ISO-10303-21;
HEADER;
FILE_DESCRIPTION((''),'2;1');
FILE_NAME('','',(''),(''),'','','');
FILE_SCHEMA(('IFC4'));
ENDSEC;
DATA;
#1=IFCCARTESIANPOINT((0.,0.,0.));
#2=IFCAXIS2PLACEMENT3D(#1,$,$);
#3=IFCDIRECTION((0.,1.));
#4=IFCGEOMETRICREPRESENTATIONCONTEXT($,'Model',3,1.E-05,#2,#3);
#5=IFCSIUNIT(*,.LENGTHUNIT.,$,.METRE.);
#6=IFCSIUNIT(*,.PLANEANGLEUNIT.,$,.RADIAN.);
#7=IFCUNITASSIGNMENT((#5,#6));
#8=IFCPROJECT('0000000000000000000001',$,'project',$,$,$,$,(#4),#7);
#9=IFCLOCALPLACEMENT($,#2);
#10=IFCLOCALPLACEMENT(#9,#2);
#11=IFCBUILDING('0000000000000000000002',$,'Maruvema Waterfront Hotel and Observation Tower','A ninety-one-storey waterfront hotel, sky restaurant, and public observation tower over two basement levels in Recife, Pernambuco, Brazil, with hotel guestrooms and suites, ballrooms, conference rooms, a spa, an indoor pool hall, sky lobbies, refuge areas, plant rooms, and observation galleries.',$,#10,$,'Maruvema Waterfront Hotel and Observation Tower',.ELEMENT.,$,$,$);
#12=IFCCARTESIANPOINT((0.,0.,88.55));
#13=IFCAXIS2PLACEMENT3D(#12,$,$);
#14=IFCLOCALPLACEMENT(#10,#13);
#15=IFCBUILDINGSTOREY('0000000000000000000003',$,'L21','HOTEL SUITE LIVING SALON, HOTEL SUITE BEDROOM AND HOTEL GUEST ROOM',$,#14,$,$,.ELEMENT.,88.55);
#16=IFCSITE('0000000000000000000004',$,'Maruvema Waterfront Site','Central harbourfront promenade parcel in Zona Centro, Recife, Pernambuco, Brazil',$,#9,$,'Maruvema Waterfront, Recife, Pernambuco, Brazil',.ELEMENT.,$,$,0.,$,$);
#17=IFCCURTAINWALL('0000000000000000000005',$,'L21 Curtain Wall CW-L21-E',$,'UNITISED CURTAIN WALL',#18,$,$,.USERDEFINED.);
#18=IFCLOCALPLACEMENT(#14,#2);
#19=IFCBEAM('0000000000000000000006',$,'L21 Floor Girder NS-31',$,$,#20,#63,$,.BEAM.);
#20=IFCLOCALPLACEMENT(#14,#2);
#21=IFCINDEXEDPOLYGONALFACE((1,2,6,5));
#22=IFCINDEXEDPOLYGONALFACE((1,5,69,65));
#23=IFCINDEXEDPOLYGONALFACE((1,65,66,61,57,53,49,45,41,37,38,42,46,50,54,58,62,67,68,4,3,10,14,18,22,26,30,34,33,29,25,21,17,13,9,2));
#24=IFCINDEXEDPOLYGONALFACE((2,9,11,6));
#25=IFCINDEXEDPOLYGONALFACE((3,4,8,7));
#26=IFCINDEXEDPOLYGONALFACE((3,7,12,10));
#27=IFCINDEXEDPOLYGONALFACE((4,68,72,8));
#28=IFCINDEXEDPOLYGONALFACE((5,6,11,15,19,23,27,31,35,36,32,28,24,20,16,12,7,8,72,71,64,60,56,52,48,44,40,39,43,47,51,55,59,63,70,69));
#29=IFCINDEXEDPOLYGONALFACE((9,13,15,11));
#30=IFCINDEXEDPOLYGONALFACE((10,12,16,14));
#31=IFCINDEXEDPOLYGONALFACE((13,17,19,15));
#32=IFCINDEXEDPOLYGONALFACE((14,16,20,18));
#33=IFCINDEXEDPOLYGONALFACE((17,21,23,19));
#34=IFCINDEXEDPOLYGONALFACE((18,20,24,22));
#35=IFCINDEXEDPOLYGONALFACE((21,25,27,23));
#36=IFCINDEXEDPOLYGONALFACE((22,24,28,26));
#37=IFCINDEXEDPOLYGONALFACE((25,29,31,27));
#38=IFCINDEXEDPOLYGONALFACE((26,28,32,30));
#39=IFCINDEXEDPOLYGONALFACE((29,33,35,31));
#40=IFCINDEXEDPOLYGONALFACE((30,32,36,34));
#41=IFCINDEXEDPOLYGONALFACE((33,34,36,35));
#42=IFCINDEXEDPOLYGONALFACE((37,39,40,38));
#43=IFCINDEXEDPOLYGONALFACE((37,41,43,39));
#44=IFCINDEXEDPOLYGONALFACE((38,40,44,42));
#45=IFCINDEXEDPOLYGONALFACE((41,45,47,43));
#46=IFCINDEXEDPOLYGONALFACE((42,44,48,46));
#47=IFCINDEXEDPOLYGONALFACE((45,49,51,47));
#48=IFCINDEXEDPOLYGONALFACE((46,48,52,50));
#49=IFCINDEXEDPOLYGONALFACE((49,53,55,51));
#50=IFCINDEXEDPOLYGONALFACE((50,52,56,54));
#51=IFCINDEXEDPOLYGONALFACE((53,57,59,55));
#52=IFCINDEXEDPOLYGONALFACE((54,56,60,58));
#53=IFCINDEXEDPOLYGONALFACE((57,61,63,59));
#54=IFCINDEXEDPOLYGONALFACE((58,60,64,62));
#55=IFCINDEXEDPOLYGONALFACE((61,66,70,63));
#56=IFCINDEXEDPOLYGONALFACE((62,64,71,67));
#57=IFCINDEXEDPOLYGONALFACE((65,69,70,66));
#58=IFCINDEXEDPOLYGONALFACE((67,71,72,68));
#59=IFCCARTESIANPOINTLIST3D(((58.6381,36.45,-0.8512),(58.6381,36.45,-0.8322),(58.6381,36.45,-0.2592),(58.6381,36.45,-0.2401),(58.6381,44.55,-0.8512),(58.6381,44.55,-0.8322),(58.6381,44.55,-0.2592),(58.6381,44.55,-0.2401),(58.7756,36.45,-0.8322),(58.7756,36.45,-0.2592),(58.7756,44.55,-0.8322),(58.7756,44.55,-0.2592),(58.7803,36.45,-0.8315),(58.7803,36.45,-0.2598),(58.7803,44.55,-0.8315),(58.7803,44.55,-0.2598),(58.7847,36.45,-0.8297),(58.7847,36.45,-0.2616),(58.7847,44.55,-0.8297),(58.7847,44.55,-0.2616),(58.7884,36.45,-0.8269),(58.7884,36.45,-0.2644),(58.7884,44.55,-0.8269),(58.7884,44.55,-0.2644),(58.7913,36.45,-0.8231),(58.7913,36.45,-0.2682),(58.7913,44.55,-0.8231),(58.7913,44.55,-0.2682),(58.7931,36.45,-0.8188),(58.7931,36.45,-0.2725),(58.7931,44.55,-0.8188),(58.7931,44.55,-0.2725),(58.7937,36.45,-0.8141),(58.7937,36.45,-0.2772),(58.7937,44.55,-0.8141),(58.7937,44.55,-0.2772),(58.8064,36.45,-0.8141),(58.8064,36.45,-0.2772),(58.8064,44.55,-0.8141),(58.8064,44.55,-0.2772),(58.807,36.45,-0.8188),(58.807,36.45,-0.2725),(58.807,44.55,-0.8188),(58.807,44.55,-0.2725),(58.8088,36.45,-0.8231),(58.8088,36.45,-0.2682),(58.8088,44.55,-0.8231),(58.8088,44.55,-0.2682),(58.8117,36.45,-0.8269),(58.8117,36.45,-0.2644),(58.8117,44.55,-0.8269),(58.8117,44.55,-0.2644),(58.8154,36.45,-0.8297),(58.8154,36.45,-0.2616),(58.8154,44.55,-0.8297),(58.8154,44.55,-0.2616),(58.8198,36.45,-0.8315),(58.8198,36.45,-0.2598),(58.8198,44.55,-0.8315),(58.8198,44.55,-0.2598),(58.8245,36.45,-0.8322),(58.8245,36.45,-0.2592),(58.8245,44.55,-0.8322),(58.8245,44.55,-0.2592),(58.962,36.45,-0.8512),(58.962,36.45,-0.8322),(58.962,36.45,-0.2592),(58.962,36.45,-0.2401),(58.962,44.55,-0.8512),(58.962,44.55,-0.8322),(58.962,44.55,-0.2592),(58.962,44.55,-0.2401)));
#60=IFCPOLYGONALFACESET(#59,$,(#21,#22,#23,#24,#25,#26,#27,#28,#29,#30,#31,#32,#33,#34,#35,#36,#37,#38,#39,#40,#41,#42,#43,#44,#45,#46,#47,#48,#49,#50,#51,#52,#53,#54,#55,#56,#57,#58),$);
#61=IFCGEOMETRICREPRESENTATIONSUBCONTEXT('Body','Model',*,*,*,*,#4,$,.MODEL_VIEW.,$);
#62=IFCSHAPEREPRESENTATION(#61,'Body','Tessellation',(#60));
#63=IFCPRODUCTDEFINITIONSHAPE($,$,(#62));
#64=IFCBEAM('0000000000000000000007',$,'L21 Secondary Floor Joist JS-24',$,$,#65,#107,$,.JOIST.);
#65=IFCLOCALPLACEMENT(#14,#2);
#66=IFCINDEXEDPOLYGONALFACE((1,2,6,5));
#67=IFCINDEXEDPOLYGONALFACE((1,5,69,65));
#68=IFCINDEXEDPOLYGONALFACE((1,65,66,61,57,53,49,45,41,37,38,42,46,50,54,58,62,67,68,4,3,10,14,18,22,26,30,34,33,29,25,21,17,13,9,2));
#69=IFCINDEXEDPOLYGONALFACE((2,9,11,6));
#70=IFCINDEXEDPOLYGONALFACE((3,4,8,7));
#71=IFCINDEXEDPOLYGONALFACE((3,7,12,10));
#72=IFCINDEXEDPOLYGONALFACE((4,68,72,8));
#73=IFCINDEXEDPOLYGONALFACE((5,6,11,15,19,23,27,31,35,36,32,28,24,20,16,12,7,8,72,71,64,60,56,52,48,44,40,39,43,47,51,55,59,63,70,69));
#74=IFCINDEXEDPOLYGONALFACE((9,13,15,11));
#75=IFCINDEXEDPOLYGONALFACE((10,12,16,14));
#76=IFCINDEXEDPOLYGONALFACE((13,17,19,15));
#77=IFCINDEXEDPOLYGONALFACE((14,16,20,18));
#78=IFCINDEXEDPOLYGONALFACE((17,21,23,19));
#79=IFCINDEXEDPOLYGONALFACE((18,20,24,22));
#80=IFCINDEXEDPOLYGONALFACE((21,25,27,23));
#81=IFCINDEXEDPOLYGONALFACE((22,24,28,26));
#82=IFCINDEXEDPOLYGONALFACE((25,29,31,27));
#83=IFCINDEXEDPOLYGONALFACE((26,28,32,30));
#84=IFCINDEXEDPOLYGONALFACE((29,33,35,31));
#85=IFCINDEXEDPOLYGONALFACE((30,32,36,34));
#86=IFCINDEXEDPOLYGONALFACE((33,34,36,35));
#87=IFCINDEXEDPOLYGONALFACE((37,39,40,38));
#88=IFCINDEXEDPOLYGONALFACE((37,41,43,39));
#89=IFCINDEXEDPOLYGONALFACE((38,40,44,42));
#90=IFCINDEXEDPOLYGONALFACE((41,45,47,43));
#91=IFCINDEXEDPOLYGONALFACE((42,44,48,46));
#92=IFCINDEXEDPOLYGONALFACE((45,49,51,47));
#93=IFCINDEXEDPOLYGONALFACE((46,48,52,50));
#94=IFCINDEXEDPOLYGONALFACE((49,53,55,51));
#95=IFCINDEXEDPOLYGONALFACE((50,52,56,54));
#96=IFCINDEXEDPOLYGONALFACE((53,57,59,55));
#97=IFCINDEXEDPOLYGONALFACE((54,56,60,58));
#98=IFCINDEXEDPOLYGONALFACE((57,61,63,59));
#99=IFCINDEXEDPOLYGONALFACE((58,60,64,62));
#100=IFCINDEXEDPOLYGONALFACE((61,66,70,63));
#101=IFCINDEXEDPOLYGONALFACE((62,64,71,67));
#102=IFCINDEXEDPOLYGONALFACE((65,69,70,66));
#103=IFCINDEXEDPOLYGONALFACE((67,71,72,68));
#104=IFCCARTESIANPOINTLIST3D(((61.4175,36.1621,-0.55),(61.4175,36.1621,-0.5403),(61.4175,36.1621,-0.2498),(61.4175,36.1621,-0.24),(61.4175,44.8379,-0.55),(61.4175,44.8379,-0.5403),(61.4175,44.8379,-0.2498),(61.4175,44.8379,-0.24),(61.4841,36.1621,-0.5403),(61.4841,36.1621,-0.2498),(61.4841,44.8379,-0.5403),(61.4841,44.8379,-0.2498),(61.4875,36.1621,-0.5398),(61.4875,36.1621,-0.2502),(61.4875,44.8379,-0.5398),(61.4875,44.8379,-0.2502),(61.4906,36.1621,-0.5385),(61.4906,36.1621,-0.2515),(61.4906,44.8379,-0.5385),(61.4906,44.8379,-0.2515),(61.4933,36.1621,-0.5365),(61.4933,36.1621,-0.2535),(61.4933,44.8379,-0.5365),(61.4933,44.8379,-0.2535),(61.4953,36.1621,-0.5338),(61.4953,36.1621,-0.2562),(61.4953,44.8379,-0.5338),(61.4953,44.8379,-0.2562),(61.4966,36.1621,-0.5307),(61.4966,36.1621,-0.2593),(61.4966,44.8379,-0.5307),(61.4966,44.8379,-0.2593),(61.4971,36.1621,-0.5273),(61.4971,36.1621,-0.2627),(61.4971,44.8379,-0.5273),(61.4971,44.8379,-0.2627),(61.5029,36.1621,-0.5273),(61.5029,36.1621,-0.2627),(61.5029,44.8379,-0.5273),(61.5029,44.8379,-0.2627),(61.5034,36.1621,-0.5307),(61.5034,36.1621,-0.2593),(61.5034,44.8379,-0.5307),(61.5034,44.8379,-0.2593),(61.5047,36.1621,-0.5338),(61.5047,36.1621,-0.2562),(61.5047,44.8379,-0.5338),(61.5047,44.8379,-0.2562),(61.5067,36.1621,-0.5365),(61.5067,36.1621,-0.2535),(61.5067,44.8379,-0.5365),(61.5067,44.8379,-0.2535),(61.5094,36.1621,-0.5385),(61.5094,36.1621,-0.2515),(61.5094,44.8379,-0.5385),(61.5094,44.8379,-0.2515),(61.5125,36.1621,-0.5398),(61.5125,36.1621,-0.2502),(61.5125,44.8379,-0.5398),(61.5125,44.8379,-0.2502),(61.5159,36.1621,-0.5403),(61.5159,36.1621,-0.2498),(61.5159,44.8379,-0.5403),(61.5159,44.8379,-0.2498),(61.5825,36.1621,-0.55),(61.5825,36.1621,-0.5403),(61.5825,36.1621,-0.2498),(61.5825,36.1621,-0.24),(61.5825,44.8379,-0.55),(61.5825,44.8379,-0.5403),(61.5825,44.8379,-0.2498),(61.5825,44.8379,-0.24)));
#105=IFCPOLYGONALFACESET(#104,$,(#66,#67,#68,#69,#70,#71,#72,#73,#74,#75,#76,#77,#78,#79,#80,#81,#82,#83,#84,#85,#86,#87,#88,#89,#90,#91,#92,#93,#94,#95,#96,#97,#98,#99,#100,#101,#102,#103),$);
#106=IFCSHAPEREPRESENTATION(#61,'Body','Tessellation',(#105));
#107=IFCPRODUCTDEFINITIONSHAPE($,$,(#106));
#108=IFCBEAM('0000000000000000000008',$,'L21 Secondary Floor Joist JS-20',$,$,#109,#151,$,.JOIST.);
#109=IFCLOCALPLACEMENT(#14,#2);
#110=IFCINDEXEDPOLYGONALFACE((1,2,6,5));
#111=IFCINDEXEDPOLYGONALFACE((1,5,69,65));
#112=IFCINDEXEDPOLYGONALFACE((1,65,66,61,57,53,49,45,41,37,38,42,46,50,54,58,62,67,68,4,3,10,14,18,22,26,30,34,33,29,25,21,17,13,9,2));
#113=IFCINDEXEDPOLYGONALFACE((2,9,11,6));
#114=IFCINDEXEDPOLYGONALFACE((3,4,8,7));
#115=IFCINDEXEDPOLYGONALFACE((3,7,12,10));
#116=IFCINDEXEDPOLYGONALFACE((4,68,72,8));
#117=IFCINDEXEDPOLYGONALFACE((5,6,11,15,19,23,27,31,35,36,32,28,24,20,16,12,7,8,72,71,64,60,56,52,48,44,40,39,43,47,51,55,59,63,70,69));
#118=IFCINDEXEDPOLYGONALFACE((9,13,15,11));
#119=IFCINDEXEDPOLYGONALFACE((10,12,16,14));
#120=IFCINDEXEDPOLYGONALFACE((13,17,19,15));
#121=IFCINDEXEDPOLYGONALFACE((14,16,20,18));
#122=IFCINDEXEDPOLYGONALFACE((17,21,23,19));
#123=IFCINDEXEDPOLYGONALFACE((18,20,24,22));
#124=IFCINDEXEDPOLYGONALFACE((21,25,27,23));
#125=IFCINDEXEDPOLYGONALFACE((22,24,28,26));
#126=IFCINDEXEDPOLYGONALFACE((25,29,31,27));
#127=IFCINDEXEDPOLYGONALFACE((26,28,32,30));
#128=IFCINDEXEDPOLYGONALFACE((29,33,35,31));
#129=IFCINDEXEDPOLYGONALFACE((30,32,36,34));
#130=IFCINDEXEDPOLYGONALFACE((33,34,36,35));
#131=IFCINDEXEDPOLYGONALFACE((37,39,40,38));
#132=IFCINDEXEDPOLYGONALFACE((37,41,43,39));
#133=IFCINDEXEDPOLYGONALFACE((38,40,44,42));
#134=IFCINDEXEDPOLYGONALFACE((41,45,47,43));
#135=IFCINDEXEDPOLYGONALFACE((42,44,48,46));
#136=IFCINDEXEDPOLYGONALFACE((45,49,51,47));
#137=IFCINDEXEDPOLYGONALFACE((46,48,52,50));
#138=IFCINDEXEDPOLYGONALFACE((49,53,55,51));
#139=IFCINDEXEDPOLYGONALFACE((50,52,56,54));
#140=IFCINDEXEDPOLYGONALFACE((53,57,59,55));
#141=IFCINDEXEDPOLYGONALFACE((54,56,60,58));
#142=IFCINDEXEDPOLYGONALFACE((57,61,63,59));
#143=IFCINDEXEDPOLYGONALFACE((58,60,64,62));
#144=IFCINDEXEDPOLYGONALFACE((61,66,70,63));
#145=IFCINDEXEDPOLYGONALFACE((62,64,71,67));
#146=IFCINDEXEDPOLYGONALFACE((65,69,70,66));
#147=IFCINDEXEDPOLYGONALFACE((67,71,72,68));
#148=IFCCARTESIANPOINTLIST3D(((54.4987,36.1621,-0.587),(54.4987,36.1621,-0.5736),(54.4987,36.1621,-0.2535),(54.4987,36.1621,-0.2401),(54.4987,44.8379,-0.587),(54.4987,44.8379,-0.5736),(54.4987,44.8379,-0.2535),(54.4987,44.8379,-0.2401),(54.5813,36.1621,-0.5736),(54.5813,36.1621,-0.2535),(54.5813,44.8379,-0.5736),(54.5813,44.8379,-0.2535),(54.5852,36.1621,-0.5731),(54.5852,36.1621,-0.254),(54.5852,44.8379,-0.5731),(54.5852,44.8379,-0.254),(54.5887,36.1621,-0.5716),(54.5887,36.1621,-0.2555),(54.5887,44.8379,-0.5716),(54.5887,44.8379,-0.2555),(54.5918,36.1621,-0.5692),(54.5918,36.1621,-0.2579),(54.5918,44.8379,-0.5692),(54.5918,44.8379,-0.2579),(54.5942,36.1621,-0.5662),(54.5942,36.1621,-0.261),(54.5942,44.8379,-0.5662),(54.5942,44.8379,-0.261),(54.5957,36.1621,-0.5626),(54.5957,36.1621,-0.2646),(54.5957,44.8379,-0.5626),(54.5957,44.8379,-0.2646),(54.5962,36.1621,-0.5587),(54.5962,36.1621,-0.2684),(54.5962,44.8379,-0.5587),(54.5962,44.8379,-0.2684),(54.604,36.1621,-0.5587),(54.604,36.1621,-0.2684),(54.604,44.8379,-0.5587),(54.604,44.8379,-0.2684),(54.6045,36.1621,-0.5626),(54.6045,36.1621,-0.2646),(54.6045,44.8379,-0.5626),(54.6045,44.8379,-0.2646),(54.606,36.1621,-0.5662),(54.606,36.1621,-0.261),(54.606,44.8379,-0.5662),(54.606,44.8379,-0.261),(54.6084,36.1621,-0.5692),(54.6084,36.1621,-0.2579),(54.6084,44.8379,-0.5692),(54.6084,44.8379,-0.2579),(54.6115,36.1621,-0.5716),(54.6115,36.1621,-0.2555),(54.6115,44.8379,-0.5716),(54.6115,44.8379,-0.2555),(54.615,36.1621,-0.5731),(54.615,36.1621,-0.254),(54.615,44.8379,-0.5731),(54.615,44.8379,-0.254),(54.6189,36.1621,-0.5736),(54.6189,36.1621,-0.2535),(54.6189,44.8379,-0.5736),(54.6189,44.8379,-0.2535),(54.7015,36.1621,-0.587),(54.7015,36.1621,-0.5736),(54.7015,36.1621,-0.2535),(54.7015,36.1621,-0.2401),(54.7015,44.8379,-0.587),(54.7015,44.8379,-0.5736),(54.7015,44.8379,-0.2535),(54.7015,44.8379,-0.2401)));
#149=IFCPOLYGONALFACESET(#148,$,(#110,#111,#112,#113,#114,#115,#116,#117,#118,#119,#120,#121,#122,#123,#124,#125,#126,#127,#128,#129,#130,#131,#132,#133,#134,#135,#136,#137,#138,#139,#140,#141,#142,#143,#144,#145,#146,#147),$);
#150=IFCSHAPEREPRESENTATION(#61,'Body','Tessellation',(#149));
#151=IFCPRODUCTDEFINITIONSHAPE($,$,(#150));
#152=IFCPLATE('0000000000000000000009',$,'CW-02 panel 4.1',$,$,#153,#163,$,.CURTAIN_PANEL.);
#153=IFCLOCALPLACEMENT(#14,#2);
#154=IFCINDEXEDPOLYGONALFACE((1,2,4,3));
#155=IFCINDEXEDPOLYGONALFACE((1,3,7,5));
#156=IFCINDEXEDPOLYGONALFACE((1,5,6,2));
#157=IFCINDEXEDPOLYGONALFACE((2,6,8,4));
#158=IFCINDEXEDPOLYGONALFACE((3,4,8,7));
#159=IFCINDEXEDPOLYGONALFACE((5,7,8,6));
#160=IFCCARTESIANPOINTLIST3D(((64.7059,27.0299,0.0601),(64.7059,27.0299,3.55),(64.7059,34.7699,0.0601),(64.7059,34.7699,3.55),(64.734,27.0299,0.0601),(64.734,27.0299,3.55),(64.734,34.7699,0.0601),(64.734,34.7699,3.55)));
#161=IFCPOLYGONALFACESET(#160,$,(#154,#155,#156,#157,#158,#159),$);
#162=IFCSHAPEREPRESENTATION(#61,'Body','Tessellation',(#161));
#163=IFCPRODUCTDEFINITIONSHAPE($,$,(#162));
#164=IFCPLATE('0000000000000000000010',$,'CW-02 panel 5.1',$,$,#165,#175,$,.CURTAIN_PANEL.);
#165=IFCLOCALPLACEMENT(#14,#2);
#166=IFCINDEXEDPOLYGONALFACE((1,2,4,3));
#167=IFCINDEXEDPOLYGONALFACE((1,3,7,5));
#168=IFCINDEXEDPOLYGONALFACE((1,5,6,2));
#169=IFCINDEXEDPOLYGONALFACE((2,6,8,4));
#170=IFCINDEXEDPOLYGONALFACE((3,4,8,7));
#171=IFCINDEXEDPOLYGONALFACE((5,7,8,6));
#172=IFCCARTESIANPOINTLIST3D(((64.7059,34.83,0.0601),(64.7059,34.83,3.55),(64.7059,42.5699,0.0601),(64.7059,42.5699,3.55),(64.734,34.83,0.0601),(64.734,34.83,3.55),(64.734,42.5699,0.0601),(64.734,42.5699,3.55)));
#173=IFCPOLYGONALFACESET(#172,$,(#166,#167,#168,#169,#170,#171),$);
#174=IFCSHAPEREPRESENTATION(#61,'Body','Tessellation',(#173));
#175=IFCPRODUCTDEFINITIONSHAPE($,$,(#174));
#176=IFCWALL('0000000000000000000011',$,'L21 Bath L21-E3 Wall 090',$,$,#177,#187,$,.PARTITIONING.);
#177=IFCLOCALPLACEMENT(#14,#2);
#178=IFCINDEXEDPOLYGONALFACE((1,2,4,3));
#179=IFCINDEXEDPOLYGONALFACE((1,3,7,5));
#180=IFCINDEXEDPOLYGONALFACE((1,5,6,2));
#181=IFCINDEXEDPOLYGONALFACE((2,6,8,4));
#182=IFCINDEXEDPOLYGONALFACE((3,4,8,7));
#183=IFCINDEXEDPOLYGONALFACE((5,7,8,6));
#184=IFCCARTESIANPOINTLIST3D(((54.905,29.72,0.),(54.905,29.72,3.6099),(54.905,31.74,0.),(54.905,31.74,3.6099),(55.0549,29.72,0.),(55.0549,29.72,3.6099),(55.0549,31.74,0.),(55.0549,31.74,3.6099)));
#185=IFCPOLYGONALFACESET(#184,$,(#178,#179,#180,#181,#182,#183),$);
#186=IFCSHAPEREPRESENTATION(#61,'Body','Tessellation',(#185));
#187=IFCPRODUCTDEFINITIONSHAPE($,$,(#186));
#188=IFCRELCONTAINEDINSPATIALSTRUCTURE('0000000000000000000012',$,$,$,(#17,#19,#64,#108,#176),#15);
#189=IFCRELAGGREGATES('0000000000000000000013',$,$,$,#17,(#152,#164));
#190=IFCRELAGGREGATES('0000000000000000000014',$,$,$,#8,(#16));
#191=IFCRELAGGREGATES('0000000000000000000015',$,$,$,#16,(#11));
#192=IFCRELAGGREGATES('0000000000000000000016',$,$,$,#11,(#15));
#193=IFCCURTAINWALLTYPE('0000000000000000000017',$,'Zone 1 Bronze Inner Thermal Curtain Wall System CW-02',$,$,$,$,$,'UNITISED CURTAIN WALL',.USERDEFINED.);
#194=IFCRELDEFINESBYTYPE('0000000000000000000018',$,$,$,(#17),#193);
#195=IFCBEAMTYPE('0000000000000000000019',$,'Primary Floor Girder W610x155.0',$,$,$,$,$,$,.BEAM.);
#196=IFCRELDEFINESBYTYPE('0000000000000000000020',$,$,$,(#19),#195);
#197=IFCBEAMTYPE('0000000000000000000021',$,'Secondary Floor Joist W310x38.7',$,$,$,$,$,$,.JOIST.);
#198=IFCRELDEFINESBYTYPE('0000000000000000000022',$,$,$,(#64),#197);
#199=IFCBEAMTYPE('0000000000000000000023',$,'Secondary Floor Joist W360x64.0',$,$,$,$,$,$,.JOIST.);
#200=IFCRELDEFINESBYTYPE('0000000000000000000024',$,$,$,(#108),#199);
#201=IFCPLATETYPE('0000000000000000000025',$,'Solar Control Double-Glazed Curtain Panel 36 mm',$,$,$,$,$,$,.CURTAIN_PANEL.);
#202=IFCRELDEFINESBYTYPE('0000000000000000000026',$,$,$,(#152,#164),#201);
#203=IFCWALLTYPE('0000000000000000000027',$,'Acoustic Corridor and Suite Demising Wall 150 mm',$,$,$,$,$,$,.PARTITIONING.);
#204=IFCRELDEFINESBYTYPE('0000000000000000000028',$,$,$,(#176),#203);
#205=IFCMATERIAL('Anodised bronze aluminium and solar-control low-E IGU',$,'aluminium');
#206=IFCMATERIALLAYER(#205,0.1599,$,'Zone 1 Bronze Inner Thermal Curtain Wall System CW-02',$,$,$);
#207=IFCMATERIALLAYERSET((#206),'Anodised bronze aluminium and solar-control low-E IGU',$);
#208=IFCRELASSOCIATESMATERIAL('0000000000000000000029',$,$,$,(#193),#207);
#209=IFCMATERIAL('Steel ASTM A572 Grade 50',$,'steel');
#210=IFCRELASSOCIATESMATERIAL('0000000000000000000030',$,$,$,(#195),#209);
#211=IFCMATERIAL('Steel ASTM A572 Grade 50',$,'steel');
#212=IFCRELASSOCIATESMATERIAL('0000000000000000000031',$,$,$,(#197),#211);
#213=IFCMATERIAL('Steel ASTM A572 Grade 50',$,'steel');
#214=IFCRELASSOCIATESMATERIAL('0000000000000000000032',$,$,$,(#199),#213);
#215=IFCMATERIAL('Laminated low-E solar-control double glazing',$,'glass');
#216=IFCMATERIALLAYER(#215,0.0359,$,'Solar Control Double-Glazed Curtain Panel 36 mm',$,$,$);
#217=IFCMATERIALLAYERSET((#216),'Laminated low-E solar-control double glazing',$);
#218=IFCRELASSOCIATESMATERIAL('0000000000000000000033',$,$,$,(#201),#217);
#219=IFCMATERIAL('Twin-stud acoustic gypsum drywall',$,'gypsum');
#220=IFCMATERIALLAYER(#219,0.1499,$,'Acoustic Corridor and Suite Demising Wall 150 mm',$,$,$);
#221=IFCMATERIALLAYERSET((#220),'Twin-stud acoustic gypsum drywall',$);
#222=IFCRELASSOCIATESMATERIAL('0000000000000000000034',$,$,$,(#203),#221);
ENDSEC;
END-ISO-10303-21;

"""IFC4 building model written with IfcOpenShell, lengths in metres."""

from ifc_helpers import new_model, si_unit, direction, frame, frame_2d, origin, origin_2d, place, context, subcontext, project, spatial, rectangle, i_section, extrude, material, layer, layer_set, material_profile, profile_set, type_object, element, aggregate, save


model = new_model("IFC4")

# Units and contexts
model_context = context("Model", 3, precision=1e-05, world=origin(), true_north=direction((0.0, 1.0)))
body_context = subcontext(model_context, "Body", "Model", "MODEL_VIEW")
ifc_project = project(units=[si_unit("LENGTHUNIT", "METRE"), si_unit("PLANEANGLEUNIT", "RADIAN")], contexts=[model_context])

# Site, building, storey
site_placement = place(None, origin())
site = spatial("IfcSite", under=ifc_project, at=site_placement, Name="Maruvema Waterfront Site", Description="Central harbourfront promenade parcel in Zona Centro, Recife, Pernambuco, Brazil", LongName="Maruvema Waterfront, Recife, Pernambuco, Brazil", CompositionType="ELEMENT", RefElevation=0.0)
building_placement = place(site_placement, origin())
building = spatial("IfcBuilding", under=site, at=building_placement, Name="Maruvema Waterfront Hotel and Observation Tower", Description="A ninety-one-storey waterfront hotel, sky restaurant, and public observation tower over two basement levels in Recife, Pernambuco, Brazil, with hotel guestrooms and suites, ballrooms, conference rooms, a spa, an indoor pool hall, sky lobbies, refuge areas, plant rooms, and observation galleries.", LongName="Maruvema Waterfront Hotel and Observation Tower", CompositionType="ELEMENT")
storey_placement = place(building_placement, frame((0.0, 0.0, 88.55)))
storey = spatial("IfcBuildingStorey", under=building, at=storey_placement, Name="L21", Description="HOTEL SUITE LIVING SALON, HOTEL SUITE BEDROOM AND HOTEL GUEST ROOM", CompositionType="ELEMENT", Elevation=88.55)

# Curtain wall
ifc_material_1 = material(Name="Anodised bronze aluminium and solar-control low-E IGU", Category="aluminium")
ifc_layer_1 = layer(ifc_material_1, 0.1599, Name="Zone 1 Bronze Inner Thermal Curtain Wall System CW-02")
ifc_layer_set_1 = layer_set([ifc_layer_1], Name="Anodised bronze aluminium and solar-control low-E IGU")
curtain_wall_type = type_object("IfcCurtainWallType", Name="Zone 1 Bronze Inner Thermal Curtain Wall System CW-02", ElementType="UNITISED CURTAIN WALL", PredefinedType="USERDEFINED", material=ifc_layer_set_1)
curtain_wall_placement = place(storey_placement, origin())
curtain_wall = element("IfcCurtainWall", 1, at=curtain_wall_placement, inside=storey, type_object=curtain_wall_type, Name="L21 Curtain Wall CW-L21-E", ObjectType="UNITISED CURTAIN WALL", PredefinedType="USERDEFINED")

# Beams
ifc_material_2 = material(Name="Steel ASTM A572 Grade 50", Category="steel")
ifc_material_profile_1 = material_profile(ifc_material_2, i_section(OverallWidth=0.324, OverallDepth=0.6111, WebThickness=0.0127, FlangeThickness=0.019, FilletRadius=0.0181, at=origin_2d()), Name="W610x155.0")
ifc_profile_set_1 = profile_set([ifc_material_profile_1], Name="Steel ASTM A572 Grade 50")
beam_type_1 = type_object("IfcBeamType", Name="Primary Floor Girder W610x155.0", PredefinedType="BEAM", material=ifc_profile_set_1)
beam_1_placement = place(storey_placement, frame((58.8, 36.45, -0.5457), z_axis=(0.0, 1.0, 0.0), x_axis=(-1.0, 0.0, 0.0)))
element("IfcBeam", 2, at=beam_1_placement, inside=storey, type_object=beam_type_1, Name="L21 Floor Girder NS-31", PredefinedType="BEAM", context=body_context, shape_type="SweptSolid", body=[
    extrude(i_section(OverallWidth=0.324, OverallDepth=0.6111, WebThickness=0.0127, FlangeThickness=0.019, FilletRadius=0.0181, at=origin_2d()), origin(), (0.0, 0.0, 1.0), 8.1001),
])
ifc_material_3 = material(Name="Steel ASTM A572 Grade 50", Category="steel")
ifc_material_profile_2 = material_profile(ifc_material_3, i_section(OverallWidth=0.165, OverallDepth=0.3101, WebThickness=0.0059, FlangeThickness=0.0098, FilletRadius=0.0129, at=origin_2d()), Name="W310x38.7")
ifc_profile_set_2 = profile_set([ifc_material_profile_2], Name="Steel ASTM A572 Grade 50")
beam_type_2 = type_object("IfcBeamType", Name="Secondary Floor Joist W310x38.7", PredefinedType="JOIST", material=ifc_profile_set_2)
beam_2_placement = place(storey_placement, frame((61.5, 36.1621, -0.395), z_axis=(0.0, 1.0, 0.0), x_axis=(-1.0, 0.0, 0.0)))
element("IfcBeam", 3, at=beam_2_placement, inside=storey, type_object=beam_type_2, Name="L21 Secondary Floor Joist JS-24", PredefinedType="JOIST", context=body_context, shape_type="SweptSolid", body=[
    extrude(i_section(OverallWidth=0.165, OverallDepth=0.3101, WebThickness=0.0059, FlangeThickness=0.0098, FilletRadius=0.0129, at=origin_2d()), origin(), (0.0, 0.0, 1.0), 8.6758),
])
ifc_material_4 = material(Name="Steel ASTM A572 Grade 50", Category="steel")
ifc_material_profile_3 = material_profile(ifc_material_4, i_section(OverallWidth=0.2029, OverallDepth=0.3469, WebThickness=0.0078, FlangeThickness=0.0134, FilletRadius=0.0149, at=origin_2d()), Name="W360x64.0")
ifc_profile_set_3 = profile_set([ifc_material_profile_3], Name="Steel ASTM A572 Grade 50")
beam_type_3 = type_object("IfcBeamType", Name="Secondary Floor Joist W360x64.0", PredefinedType="JOIST", material=ifc_profile_set_3)
beam_3_placement = place(storey_placement, frame((54.6001, 36.1621, -0.4136), z_axis=(0.0, 1.0, 0.0), x_axis=(-1.0, 0.0, 0.0)))
element("IfcBeam", 4, at=beam_3_placement, inside=storey, type_object=beam_type_3, Name="L21 Secondary Floor Joist JS-20", PredefinedType="JOIST", context=body_context, shape_type="SweptSolid", body=[
    extrude(i_section(OverallWidth=0.2029, OverallDepth=0.3469, WebThickness=0.0078, FlangeThickness=0.0134, FilletRadius=0.0149, at=origin_2d()), origin(), (0.0, 0.0, 1.0), 8.6758),
])

# Plates
ifc_material_5 = material(Name="Laminated low-E solar-control double glazing", Category="glass")
ifc_layer_2 = layer(ifc_material_5, 0.0359, Name="Solar Control Double-Glazed Curtain Panel 36 mm")
ifc_layer_set_2 = layer_set([ifc_layer_2], Name="Laminated low-E solar-control double glazing")
plate_type = type_object("IfcPlateType", Name="Solar Control Double-Glazed Curtain Panel 36 mm", PredefinedType="CURTAIN_PANEL", material=ifc_layer_set_2)
plate_1_placement = place(storey_placement, frame((64.72, 30.8999, 0.0601), z_axis=(0.0, 0.0, 1.0), x_axis=(0.0, 1.0, 0.0)))
plate_1 = element("IfcPlate", 5, at=plate_1_placement, type_object=plate_type, Name="CW-02 panel 4.1", PredefinedType="CURTAIN_PANEL", context=body_context, shape_type="SweptSolid", body=[
    extrude(rectangle(XDim=7.74, YDim=0.0281, at=origin_2d()), origin(), (0.0, 0.0, 1.0), 3.49),
])
plate_2_placement = place(storey_placement, frame((64.72, 38.7, 0.0601), z_axis=(0.0, 0.0, 1.0), x_axis=(0.0, 1.0, 0.0)))
plate_2 = element("IfcPlate", 6, at=plate_2_placement, type_object=plate_type, Name="CW-02 panel 5.1", PredefinedType="CURTAIN_PANEL", context=body_context, shape_type="SweptSolid", body=[
    extrude(rectangle(XDim=7.74, YDim=0.0281, at=origin_2d()), origin(), (0.0, 0.0, 1.0), 3.49),
])
aggregate(curtain_wall, [plate_1, plate_2])

# Wall
ifc_material_6 = material(Name="Twin-stud acoustic gypsum drywall", Category="gypsum")
ifc_layer_3 = layer(ifc_material_6, 0.1499, Name="Acoustic Corridor and Suite Demising Wall 150 mm")
ifc_layer_set_3 = layer_set([ifc_layer_3], Name="Twin-stud acoustic gypsum drywall")
wall_type_1 = type_object("IfcWallType", Name="Acoustic Corridor and Suite Demising Wall 150 mm", PredefinedType="PARTITIONING", material=ifc_layer_set_3)
wall_1_placement = place(storey_placement, frame((54.98, 29.72, 0.0), z_axis=(0.0, 0.0, 1.0), x_axis=(0.0, 1.0, 0.0)))
element("IfcWall", 7, at=wall_1_placement, inside=storey, type_object=wall_type_1, Name="L21 Bath L21-E3 Wall 090", PredefinedType="PARTITIONING", context=body_context, shape_type="SweptSolid", body=[
    extrude(rectangle(XDim=2.02, YDim=0.1499, at=frame_2d((1.01, 0.0))), origin(), (0.0, 0.0, 1.0), 3.6099),
])

save(model, "model.ifc")
